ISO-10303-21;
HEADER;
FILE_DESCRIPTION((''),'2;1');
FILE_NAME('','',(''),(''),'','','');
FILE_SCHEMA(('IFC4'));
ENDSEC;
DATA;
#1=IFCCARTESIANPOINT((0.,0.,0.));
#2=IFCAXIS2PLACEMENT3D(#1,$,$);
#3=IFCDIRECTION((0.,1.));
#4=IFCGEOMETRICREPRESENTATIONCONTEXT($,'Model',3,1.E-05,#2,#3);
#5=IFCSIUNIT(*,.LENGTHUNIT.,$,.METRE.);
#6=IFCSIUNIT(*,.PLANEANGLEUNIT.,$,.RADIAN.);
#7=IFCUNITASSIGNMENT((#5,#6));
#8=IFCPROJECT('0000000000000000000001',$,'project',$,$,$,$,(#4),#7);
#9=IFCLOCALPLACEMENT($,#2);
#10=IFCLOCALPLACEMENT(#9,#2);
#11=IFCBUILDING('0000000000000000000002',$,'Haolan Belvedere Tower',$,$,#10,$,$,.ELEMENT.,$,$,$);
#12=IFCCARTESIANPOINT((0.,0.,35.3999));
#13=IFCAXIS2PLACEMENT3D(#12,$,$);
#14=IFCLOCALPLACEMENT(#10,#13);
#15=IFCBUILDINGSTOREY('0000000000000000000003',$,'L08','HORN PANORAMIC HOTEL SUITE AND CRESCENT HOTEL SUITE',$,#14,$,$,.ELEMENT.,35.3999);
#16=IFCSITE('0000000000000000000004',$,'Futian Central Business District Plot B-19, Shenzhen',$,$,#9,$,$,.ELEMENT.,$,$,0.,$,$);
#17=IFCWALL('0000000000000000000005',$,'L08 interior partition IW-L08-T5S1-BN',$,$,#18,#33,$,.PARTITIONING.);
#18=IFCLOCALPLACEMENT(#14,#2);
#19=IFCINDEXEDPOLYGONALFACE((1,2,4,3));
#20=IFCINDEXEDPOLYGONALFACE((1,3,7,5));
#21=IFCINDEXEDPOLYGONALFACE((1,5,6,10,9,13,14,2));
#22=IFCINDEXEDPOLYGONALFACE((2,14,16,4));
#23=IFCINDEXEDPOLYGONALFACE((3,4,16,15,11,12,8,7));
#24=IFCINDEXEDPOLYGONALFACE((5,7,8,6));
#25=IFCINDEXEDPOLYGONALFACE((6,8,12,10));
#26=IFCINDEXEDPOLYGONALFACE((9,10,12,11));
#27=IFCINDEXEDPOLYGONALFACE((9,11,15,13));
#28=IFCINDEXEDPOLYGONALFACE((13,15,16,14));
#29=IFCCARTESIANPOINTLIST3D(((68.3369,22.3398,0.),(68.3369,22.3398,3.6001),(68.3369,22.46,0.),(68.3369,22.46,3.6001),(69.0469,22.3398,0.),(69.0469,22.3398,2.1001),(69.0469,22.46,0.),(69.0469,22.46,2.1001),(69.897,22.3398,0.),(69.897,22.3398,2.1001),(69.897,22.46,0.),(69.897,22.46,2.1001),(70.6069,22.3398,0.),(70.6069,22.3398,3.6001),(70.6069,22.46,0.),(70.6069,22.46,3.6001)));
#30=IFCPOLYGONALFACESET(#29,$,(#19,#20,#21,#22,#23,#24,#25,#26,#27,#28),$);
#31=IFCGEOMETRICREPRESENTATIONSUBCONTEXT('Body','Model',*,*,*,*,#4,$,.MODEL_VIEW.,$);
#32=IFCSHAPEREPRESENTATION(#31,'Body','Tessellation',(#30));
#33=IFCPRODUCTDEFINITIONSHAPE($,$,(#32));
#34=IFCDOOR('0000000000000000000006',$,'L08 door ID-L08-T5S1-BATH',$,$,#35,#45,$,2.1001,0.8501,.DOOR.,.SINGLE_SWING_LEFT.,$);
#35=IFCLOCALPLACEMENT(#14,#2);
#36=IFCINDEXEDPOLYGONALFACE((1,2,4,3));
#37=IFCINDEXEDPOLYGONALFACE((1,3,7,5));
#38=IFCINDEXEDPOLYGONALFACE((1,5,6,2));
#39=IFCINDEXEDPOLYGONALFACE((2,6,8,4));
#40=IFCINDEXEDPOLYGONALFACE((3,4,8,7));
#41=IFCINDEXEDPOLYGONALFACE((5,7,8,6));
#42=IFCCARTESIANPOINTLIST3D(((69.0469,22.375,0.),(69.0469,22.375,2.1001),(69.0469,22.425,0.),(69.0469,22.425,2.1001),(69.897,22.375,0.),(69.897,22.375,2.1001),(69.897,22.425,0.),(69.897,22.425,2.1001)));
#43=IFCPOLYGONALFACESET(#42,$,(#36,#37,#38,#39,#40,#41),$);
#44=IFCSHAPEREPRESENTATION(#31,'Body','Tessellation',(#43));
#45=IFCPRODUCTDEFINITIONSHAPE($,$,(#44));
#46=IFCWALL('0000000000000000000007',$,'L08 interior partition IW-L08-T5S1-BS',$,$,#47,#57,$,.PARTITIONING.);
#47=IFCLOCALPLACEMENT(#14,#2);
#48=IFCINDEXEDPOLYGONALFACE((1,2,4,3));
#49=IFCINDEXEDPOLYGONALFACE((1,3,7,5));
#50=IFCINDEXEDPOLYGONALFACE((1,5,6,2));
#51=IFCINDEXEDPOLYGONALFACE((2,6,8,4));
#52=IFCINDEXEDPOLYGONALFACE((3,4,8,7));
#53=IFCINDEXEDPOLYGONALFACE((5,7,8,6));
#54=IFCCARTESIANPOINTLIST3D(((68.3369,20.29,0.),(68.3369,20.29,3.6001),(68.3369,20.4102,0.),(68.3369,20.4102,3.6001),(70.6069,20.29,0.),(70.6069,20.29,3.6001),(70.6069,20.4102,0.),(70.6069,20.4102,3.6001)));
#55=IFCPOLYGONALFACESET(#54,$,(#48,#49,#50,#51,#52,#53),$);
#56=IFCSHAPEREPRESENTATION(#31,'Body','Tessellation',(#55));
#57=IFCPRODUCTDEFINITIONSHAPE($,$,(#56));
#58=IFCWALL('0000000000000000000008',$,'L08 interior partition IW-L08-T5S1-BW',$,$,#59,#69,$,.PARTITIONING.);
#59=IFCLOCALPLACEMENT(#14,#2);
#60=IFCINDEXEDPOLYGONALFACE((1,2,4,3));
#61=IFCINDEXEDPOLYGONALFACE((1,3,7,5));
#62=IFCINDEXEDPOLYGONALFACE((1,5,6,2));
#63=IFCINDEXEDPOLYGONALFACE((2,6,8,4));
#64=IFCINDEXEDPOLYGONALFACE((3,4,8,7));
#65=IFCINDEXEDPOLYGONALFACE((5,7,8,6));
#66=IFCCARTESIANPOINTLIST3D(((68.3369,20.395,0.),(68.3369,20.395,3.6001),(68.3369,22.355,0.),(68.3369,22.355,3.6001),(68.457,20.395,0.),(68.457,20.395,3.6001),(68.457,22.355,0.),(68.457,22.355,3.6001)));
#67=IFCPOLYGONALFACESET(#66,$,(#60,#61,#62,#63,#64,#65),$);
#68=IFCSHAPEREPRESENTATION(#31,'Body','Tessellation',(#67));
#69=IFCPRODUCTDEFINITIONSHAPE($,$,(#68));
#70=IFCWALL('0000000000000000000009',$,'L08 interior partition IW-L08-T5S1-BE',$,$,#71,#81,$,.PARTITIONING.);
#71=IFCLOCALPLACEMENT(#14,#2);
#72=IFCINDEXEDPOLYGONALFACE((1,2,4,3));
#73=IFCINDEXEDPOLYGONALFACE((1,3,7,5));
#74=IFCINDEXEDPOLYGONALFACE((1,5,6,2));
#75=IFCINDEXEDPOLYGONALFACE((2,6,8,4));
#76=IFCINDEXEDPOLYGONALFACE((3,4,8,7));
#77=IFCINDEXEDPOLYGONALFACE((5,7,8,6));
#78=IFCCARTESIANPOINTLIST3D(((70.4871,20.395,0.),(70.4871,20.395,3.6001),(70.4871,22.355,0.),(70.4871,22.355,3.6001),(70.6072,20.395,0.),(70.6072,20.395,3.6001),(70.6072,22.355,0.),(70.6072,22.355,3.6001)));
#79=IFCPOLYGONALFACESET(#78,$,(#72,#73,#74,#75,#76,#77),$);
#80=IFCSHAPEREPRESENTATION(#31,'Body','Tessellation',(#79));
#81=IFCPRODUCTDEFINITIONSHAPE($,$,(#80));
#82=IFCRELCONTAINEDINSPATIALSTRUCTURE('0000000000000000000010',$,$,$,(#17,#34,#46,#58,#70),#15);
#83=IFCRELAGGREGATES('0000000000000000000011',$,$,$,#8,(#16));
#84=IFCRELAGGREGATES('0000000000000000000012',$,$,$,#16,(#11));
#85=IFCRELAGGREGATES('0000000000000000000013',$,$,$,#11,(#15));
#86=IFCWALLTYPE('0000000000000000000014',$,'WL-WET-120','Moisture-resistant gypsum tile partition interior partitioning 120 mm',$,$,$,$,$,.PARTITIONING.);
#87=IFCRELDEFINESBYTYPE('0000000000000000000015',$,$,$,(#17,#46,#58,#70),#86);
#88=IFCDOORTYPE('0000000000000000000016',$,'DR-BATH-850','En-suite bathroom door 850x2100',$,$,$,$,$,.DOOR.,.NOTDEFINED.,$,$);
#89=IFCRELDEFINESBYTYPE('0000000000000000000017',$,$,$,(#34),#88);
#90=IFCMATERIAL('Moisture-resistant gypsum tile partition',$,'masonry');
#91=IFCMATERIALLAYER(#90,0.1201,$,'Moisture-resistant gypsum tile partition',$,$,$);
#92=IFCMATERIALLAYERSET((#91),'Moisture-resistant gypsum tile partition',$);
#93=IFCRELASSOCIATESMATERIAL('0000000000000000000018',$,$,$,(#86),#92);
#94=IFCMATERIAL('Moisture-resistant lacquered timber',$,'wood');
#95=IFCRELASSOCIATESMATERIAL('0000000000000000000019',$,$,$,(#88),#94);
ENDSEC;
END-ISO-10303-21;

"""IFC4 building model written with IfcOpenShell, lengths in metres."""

from ifc_helpers import new_model, si_unit, direction, frame, frame_2d, origin, place, context, subcontext, project, spatial, rectangle, extrude, material, layer, layer_set, type_object, element, fill, save


model = new_model("IFC4")

# Units and contexts
model_context = context("Model", 3, precision=1e-05, world=origin(), true_north=direction((0.0, 1.0)))
body_context = subcontext(model_context, "Body", "Model", "MODEL_VIEW")
ifc_project = project(units=[si_unit("LENGTHUNIT", "METRE"), si_unit("PLANEANGLEUNIT", "RADIAN")], contexts=[model_context])

# Site, building, storey
site_placement = place(None, origin())
site = spatial("IfcSite", under=ifc_project, at=site_placement, Name="Futian Central Business District Plot B-19, Shenzhen", CompositionType="ELEMENT", RefElevation=0.0)
building_placement = place(site_placement, origin())
building = spatial("IfcBuilding", under=site, at=building_placement, Name="Haolan Belvedere Tower", CompositionType="ELEMENT")
storey_placement = place(building_placement, frame((0.0, 0.0, 35.3999)))
storey = spatial("IfcBuildingStorey", under=building, at=storey_placement, Name="L08", Description="HORN PANORAMIC HOTEL SUITE AND CRESCENT HOTEL SUITE", CompositionType="ELEMENT", Elevation=35.3999)

# Shared definitions
ifc_material_1 = material(Name="Moisture-resistant gypsum tile partition", Category="masonry")
ifc_layer_1 = layer(ifc_material_1, 0.1201, Name="Moisture-resistant gypsum tile partition")
ifc_layer_set_1 = layer_set([ifc_layer_1], Name="Moisture-resistant gypsum tile partition")
wall_type_1 = type_object("IfcWallType", Name="WL-WET-120", Description="Moisture-resistant gypsum tile partition interior partitioning 120 mm", PredefinedType="PARTITIONING", material=ifc_layer_set_1)
ifc_material_2 = material(Name="Moisture-resistant lacquered timber", Category="wood")
door_type_1 = type_object("IfcDoorType", Name="DR-BATH-850", Description="En-suite bathroom door 850x2100", OperationType="NOTDEFINED", PredefinedType="DOOR", material=ifc_material_2)

# Wall, opening, door
wall_1_placement = place(storey_placement, frame((68.3369, 22.3999, 0.0), z_axis=(0.0, 0.0, 1.0), x_axis=(1.0, 0.0, 0.0)))
wall_1 = element("IfcWall", 1, at=wall_1_placement, inside=storey, type_object=wall_type_1, Name="L08 interior partition IW-L08-T5S1-BN", PredefinedType="PARTITIONING", context=body_context, shape_type="SweptSolid", body=[
    extrude(rectangle(XDim=2.27, YDim=0.1201, at=frame_2d((1.135, 0.0))), origin(), (0.0, 0.0, 1.0), 3.6001),
])
opening_1_placement = place(wall_1_placement, frame((1.5601, 0.0, 0.0), z_axis=(0.0, 0.0, 1.0), x_axis=(-1.0, 0.0, 0.0)))
opening_1 = element("IfcOpeningElement", 2, at=opening_1_placement, cuts=wall_1, PredefinedType="OPENING", context=body_context, shape_type="SweptSolid", body=[
    extrude(rectangle(XDim=0.8501, YDim=2.1001, at=frame_2d((0.425, 1.05))), frame((0.0, 0.0701, 0.0), z_axis=(0.0, -1.0, 0.0), x_axis=(1.0, 0.0, 0.0)), (0.0, 0.0, 1.0), 0.1401),
])
door_1_placement = place(opening_1_placement, origin())
door_1 = element("IfcDoor", 3, at=door_1_placement, inside=storey, type_object=door_type_1, Name="L08 door ID-L08-T5S1-BATH", OperationType="SINGLE_SWING_LEFT", OverallHeight=2.1001, OverallWidth=0.8501, PredefinedType="DOOR", context=body_context, shape_type="SweptSolid", body=[
    extrude(rectangle(XDim=0.8501, YDim=2.1001, at=frame_2d((0.425, 1.05))), frame((0.0, 0.0249, 0.0), z_axis=(0.0, -1.0, 0.0), x_axis=(1.0, 0.0, 0.0)), (0.0, 0.0, 1.0), 0.05),
])
fill(opening_1, door_1)

# Walls
wall_2_placement = place(storey_placement, frame((68.3369, 20.3501, 0.0), z_axis=(0.0, 0.0, 1.0), x_axis=(1.0, 0.0, 0.0)))
element("IfcWall", 4, at=wall_2_placement, inside=storey, type_object=wall_type_1, Name="L08 interior partition IW-L08-T5S1-BS", PredefinedType="PARTITIONING", context=body_context, shape_type="SweptSolid", body=[
    extrude(rectangle(XDim=2.27, YDim=0.1201, at=frame_2d((1.135, 0.0))), origin(), (0.0, 0.0, 1.0), 3.6001),
])
for number, where, z_axis, x_axis, name in (
    (5, (68.397, 20.395, 0.0), (0.0, 0.0, 1.0), (0.0, 1.0, 0.0), "L08 interior partition IW-L08-T5S1-BW"),
    (6, (70.5471, 20.395, 0.0), (0.0, 0.0, 1.0), (0.0, 1.0, 0.0), "L08 interior partition IW-L08-T5S1-BE"),
):
    element("IfcWall", number, at=place(storey_placement, frame(where, z_axis=z_axis, x_axis=x_axis)), inside=storey, type_object=wall_type_1, Name=name, PredefinedType="PARTITIONING", context=body_context, shape_type="SweptSolid", body=[
        extrude(rectangle(XDim=1.96, YDim=0.1201, at=frame_2d((0.98, 0.0))), origin(), (0.0, 0.0, 1.0), 3.6001),
    ])

save(model, "model.ifc")
